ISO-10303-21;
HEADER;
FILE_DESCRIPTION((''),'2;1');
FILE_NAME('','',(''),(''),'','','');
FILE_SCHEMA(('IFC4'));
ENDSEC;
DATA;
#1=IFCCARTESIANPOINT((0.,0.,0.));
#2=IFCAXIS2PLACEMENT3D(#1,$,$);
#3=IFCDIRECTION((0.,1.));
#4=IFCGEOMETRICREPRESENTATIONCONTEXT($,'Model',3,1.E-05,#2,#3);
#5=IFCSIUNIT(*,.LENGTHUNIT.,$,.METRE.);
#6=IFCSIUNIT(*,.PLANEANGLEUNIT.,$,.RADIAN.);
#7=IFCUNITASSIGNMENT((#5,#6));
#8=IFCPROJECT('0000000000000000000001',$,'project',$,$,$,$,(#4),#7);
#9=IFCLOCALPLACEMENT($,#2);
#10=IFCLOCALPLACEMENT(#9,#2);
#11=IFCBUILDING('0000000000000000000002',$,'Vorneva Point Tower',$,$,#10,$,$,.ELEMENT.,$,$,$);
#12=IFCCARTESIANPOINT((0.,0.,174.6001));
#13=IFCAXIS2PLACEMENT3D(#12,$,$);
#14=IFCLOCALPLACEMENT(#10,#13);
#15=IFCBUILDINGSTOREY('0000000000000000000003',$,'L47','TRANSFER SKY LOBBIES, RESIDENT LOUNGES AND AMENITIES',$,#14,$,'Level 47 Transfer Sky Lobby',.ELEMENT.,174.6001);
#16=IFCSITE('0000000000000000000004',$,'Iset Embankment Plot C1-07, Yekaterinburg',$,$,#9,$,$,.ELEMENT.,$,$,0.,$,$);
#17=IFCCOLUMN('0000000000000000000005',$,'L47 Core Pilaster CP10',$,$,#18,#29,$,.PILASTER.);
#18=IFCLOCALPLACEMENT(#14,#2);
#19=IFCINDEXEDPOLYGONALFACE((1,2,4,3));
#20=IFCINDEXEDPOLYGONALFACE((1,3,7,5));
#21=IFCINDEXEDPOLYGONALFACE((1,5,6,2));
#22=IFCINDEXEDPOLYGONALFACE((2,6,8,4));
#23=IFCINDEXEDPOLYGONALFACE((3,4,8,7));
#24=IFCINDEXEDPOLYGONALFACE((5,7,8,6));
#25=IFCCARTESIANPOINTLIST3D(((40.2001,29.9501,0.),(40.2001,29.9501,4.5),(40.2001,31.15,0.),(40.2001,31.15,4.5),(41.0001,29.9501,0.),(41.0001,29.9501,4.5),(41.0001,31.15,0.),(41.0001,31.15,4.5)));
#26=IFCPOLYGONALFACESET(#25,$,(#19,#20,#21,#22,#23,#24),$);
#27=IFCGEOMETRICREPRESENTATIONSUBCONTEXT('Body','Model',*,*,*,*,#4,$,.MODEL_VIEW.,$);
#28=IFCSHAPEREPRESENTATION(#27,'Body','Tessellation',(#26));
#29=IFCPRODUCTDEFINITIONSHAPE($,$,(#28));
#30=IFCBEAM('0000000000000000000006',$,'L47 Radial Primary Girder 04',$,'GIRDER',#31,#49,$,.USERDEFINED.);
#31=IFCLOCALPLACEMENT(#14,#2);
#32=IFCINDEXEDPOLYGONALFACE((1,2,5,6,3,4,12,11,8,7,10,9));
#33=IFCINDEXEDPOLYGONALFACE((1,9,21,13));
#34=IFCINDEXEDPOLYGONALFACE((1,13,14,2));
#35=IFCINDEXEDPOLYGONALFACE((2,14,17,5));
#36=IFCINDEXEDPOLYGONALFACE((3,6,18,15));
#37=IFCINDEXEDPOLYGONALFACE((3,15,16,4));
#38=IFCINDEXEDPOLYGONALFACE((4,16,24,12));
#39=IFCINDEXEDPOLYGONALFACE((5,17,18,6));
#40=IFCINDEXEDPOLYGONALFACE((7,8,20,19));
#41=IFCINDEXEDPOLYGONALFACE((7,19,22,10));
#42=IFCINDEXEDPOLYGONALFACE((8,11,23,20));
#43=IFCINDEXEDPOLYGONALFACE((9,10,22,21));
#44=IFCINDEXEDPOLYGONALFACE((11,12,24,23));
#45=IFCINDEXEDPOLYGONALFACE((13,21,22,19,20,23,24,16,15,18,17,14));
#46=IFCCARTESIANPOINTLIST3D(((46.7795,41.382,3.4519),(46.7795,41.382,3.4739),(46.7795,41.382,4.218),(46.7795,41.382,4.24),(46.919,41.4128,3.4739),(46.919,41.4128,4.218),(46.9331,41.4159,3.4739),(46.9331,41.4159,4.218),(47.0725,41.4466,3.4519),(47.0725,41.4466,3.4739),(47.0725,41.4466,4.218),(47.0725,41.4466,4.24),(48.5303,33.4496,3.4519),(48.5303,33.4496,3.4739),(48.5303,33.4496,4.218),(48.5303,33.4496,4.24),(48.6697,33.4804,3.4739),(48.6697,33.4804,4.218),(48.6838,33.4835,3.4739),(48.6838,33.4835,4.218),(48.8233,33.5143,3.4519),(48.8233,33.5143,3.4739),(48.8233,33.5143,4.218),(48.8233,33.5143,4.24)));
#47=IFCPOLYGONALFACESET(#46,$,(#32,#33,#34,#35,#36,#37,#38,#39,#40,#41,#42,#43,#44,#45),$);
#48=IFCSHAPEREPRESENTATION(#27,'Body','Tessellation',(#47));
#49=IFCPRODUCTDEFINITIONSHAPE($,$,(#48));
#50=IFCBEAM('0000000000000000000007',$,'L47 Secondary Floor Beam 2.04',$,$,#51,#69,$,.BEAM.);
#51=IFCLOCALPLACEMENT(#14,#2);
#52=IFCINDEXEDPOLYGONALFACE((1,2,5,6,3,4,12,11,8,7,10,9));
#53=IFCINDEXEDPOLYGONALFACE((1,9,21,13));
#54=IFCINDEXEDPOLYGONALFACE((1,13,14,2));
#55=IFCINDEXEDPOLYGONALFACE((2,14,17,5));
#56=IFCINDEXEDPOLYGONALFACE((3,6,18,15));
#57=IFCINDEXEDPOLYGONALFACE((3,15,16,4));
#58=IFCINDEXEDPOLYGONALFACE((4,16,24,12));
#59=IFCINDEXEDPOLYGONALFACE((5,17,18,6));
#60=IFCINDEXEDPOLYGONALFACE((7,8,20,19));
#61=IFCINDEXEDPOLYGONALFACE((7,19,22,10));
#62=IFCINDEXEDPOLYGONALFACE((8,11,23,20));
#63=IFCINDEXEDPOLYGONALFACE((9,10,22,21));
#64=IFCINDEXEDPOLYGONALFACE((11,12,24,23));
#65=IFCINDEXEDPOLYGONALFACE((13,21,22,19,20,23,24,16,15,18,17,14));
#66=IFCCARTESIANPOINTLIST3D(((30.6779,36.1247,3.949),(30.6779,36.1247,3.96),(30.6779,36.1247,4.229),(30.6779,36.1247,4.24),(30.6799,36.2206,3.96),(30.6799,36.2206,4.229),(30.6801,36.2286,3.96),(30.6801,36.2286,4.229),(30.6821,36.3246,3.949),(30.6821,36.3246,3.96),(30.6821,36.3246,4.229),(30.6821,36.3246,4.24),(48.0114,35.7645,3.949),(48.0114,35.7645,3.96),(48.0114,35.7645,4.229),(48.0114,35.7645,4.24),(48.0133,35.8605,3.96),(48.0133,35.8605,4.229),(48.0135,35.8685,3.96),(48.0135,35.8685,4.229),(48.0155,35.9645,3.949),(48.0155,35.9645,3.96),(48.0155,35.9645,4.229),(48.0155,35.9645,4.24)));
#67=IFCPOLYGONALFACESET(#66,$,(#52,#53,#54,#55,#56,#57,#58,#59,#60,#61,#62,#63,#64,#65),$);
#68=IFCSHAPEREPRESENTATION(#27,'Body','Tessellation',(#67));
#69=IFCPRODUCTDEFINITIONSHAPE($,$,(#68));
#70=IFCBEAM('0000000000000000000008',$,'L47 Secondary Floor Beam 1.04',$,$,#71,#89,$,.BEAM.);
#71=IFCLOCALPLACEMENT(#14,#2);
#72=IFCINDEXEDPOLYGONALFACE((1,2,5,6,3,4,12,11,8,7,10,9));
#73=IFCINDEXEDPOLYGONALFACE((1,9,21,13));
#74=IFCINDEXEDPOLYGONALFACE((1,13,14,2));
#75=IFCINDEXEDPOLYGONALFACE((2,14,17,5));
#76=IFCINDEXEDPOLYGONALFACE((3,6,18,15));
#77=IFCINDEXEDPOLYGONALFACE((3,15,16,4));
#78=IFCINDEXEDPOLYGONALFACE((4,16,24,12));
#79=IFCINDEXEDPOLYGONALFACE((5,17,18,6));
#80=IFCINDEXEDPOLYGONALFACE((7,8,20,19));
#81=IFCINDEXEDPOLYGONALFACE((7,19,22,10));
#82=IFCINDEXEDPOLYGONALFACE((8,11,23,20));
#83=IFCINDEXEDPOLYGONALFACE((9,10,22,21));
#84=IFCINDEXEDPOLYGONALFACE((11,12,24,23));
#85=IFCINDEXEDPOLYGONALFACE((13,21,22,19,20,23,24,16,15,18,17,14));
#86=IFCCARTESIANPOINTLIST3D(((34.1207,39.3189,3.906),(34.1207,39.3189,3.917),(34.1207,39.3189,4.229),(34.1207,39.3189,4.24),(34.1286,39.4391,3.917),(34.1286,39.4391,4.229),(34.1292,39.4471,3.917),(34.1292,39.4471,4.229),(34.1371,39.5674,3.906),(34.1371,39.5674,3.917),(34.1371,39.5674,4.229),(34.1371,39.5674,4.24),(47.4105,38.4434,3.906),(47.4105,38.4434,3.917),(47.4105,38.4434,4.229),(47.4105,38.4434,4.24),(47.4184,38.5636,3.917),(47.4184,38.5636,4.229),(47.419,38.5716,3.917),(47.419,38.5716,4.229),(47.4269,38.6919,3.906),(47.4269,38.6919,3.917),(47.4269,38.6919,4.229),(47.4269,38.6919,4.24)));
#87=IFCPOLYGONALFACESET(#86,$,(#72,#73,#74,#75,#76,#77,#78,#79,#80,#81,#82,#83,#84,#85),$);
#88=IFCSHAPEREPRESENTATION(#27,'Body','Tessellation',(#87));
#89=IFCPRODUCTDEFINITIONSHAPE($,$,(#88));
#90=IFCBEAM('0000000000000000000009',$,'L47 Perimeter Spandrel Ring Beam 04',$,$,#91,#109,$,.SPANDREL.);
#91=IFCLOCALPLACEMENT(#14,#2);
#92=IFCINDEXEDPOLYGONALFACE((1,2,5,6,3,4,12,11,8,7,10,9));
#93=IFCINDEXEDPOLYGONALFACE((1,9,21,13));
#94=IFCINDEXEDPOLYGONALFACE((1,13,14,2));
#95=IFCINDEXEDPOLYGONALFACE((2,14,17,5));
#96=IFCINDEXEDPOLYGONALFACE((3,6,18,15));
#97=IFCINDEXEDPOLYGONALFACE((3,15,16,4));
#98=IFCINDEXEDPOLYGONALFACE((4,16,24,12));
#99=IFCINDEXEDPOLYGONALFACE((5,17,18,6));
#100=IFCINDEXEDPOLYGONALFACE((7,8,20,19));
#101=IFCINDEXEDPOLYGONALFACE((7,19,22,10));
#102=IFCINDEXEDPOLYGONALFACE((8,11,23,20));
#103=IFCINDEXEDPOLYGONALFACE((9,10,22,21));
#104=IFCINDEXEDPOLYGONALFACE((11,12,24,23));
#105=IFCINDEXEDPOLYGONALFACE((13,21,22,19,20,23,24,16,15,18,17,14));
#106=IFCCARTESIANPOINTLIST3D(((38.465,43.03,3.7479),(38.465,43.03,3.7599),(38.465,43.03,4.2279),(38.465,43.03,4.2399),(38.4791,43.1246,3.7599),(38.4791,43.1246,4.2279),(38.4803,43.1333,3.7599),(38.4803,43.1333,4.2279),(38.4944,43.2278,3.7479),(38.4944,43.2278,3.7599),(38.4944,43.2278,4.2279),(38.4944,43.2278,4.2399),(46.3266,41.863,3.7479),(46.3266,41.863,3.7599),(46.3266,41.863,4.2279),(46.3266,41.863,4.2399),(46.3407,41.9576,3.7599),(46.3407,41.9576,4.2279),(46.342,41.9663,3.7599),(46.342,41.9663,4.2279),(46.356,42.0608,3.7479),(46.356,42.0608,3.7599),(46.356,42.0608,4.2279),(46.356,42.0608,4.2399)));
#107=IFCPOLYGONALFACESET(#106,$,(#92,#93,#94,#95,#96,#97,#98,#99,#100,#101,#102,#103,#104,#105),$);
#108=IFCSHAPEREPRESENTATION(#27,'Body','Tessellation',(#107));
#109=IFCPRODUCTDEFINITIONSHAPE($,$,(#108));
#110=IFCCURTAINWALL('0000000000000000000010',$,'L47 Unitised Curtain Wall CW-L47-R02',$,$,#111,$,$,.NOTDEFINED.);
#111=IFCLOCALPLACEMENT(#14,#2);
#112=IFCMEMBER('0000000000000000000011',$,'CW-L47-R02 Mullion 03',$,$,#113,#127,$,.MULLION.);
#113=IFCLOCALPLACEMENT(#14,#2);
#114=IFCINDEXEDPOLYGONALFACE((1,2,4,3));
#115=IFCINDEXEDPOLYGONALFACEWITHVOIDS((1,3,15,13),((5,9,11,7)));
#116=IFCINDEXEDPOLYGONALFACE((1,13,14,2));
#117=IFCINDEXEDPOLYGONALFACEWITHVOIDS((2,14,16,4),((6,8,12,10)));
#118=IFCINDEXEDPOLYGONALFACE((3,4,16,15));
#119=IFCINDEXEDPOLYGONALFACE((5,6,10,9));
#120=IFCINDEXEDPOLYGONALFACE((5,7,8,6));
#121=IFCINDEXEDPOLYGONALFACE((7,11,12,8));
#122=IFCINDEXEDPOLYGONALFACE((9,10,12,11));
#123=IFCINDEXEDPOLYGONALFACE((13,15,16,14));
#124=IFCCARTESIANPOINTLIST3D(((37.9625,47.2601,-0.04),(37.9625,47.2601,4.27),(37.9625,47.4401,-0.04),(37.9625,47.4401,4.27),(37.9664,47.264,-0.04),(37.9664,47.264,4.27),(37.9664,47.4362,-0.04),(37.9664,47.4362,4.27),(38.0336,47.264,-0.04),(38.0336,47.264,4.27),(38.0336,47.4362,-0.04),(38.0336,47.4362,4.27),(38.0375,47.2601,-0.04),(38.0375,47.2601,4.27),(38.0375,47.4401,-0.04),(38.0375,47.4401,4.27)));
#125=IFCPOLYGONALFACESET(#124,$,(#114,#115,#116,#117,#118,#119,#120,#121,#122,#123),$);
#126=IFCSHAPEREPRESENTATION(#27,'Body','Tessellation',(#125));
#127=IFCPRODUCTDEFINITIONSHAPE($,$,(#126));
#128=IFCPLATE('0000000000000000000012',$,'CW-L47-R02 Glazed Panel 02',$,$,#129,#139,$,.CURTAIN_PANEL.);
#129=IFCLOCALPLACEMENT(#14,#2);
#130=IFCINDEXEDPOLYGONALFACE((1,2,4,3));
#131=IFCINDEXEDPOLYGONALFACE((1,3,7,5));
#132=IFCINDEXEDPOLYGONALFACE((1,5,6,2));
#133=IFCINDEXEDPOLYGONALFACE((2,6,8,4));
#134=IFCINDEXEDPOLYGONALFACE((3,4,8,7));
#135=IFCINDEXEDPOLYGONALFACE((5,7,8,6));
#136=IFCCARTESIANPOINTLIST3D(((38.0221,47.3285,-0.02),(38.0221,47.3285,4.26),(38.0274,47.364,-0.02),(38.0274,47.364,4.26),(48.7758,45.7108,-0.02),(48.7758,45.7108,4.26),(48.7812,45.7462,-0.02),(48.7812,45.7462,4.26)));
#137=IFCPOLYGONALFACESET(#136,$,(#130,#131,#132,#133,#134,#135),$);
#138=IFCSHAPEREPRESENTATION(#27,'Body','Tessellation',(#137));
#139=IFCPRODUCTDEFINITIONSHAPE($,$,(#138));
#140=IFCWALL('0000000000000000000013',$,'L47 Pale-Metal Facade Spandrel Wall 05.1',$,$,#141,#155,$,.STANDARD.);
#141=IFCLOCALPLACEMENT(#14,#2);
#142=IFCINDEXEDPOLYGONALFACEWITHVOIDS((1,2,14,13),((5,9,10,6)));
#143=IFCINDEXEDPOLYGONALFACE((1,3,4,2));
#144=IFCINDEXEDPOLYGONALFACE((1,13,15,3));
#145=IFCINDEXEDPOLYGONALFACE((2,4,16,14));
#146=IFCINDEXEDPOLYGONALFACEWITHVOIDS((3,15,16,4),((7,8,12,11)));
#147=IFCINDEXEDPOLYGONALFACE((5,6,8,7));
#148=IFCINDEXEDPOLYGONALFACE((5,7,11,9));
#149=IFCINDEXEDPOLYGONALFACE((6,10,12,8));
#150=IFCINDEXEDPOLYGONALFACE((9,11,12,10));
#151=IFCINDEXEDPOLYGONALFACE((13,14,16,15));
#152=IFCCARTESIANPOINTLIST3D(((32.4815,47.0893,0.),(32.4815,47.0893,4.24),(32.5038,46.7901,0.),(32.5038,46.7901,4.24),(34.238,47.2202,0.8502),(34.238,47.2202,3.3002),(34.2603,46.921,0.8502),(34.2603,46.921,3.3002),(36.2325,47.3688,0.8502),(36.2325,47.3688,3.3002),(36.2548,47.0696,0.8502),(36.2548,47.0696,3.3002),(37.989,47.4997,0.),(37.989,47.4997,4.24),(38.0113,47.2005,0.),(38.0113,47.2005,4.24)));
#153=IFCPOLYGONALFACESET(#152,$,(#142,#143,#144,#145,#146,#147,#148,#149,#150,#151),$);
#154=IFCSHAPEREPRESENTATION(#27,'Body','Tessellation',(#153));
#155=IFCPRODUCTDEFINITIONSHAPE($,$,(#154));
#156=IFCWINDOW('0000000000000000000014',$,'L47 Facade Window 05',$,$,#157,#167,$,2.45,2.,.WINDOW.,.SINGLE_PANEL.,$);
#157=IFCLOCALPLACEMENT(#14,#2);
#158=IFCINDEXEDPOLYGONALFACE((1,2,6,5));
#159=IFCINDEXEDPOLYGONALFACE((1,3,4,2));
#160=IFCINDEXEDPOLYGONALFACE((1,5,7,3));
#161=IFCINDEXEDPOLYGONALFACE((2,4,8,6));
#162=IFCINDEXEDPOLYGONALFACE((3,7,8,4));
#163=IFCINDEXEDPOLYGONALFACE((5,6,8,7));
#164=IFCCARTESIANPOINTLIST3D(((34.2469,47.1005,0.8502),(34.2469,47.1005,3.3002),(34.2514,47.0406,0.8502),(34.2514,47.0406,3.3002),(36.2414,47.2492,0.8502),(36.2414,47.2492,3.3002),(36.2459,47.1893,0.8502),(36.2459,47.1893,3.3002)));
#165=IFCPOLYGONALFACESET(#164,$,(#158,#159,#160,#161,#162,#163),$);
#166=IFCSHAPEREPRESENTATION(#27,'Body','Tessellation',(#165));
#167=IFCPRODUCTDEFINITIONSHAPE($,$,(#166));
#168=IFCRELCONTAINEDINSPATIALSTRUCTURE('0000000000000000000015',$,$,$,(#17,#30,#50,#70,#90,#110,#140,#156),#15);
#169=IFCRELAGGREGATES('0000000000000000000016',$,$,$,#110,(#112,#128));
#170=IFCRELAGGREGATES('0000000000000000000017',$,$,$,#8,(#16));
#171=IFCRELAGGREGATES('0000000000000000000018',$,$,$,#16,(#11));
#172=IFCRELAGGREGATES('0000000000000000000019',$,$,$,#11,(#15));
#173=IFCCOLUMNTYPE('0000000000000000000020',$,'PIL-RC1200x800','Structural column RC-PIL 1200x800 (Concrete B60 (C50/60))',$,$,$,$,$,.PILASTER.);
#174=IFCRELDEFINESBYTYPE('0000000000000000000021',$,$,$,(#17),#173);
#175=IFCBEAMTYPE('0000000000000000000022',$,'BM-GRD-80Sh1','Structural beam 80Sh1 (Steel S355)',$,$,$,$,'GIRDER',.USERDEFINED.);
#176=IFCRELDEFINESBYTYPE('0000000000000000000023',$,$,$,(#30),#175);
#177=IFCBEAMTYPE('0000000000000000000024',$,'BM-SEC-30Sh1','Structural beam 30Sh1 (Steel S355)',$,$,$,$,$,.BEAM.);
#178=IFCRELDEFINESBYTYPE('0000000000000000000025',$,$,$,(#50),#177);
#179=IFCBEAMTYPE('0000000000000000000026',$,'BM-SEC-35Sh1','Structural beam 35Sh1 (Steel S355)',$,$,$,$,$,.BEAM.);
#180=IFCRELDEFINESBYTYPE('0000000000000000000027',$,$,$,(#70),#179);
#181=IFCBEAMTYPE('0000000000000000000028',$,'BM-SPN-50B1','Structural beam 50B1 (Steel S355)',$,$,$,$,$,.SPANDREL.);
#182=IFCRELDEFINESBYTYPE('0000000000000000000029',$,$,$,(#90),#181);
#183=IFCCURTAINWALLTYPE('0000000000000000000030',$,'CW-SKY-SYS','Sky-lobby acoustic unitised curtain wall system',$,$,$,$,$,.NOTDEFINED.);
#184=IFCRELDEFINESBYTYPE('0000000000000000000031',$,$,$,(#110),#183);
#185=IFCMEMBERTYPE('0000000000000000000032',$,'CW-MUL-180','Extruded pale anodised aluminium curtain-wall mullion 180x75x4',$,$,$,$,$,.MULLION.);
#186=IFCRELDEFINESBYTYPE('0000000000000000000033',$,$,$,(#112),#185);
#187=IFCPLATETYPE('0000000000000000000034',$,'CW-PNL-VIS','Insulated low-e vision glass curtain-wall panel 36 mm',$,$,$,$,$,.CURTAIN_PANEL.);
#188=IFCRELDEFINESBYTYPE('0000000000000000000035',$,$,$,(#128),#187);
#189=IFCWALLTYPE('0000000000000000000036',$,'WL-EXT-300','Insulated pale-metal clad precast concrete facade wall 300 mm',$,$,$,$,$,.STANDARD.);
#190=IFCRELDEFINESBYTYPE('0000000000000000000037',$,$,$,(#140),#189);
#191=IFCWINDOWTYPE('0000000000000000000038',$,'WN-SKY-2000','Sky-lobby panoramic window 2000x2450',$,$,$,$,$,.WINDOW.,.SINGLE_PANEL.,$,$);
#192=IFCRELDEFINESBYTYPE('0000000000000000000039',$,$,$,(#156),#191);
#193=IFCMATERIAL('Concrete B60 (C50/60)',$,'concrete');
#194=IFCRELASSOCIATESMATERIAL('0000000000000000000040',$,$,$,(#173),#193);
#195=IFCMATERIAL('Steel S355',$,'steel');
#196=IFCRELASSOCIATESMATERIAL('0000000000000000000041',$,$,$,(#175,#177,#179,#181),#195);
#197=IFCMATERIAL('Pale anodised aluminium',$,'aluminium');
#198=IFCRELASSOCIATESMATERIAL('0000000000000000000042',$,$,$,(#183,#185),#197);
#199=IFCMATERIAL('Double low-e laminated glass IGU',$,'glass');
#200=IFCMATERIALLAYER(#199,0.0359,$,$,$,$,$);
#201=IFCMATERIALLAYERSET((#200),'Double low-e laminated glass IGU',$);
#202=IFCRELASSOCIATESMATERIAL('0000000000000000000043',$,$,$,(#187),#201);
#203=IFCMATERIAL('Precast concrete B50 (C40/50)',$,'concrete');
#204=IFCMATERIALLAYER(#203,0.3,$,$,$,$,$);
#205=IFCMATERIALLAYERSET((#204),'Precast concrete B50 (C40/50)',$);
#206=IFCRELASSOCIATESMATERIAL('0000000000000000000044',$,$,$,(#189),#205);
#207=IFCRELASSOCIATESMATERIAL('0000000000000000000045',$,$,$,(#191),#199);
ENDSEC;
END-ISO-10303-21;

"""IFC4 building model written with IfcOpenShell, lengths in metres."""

from ifc_helpers import new_model, si_unit, direction, frame, frame_2d, origin, origin_2d, place, context, subcontext, project, spatial, rectangle, hollow_rectangle, i_section, extrude, material, layer, layer_set, material_profile, profile_set, type_object, element, fill, aggregate, save


model = new_model("IFC4")

# Units and contexts
model_context = context("Model", 3, precision=1e-05, world=origin(), true_north=direction((0.0, 1.0)))
body_context = subcontext(model_context, "Body", "Model", "MODEL_VIEW")
ifc_project = project(units=[si_unit("LENGTHUNIT", "METRE"), si_unit("PLANEANGLEUNIT", "RADIAN")], contexts=[model_context])

# Site, building, storey
site_placement = place(None, origin())
site = spatial("IfcSite", under=ifc_project, at=site_placement, Name="Iset Embankment Plot C1-07, Yekaterinburg", CompositionType="ELEMENT", RefElevation=0.0)
building_placement = place(site_placement, origin())
building = spatial("IfcBuilding", under=site, at=building_placement, Name="Vorneva Point Tower", CompositionType="ELEMENT")
storey_placement = place(building_placement, frame((0.0, 0.0, 174.6001)))
storey = spatial("IfcBuildingStorey", under=building, at=storey_placement, Name="L47", Description="TRANSFER SKY LOBBIES, RESIDENT LOUNGES AND AMENITIES", LongName="Level 47 Transfer Sky Lobby", CompositionType="ELEMENT", Elevation=174.6001)

# Column
ifc_material_1 = material(Name="Concrete B60 (C50/60)", Category="concrete")
ifc_material_profile_1 = material_profile(ifc_material_1, rectangle(XDim=0.8, YDim=1.2, at=origin_2d()), Name="RC-PIL 1200x800")
ifc_profile_set_1 = profile_set([ifc_material_profile_1], Name="Concrete B60 (C50/60)")
column_type_1 = type_object("IfcColumnType", Name="PIL-RC1200x800", Description="Structural column RC-PIL 1200x800 (Concrete B60 (C50/60))", PredefinedType="PILASTER", material=ifc_profile_set_1)
column_1_placement = place(storey_placement, frame((40.6001, 30.55, 0.0), z_axis=(0.0, 0.0, 1.0), x_axis=(1.0, 0.0, 0.0)))
element("IfcColumn", 1, at=column_1_placement, inside=storey, type_object=column_type_1, Name="L47 Core Pilaster CP10", PredefinedType="PILASTER", context=body_context, shape_type="SweptSolid", body=[
    extrude(rectangle(XDim=0.8, YDim=1.2, at=origin_2d()), origin(), (0.0, 0.0, 1.0), 4.5),
])

# Beams
ifc_material_2 = material(Name="Steel S355", Category="steel")
ifc_material_profile_2 = material_profile(ifc_material_2, i_section(OverallWidth=0.3, OverallDepth=0.7881, WebThickness=0.0144, FlangeThickness=0.022, at=origin_2d()), Name="80Sh1")
ifc_profile_set_2 = profile_set([ifc_material_profile_2], Name="Steel S355")
beam_type_1 = type_object("IfcBeamType", Name="BM-GRD-80Sh1", Description="Structural beam 80Sh1 (Steel S355)", ElementType="GIRDER", PredefinedType="USERDEFINED", material=ifc_profile_set_2)
beam_1_placement = place(storey_placement, frame((46.926, 41.4143, 3.8459), z_axis=(0.215521, -0.976499, 0.0), x_axis=(0.976499, 0.215521, 0.0)))
element("IfcBeam", 2, at=beam_1_placement, inside=storey, type_object=beam_type_1, Name="L47 Radial Primary Girder 04", ObjectType="GIRDER", PredefinedType="USERDEFINED", context=body_context, shape_type="SweptSolid", body=[
    extrude(i_section(OverallWidth=0.3, OverallDepth=0.7881, WebThickness=0.0144, FlangeThickness=0.022, at=origin_2d()), origin(), (0.0, 0.0, 1.0), 8.1233),
])
ifc_material_profile_3 = material_profile(ifc_material_2, i_section(OverallWidth=0.2, OverallDepth=0.291, WebThickness=0.0081, FlangeThickness=0.011, at=origin_2d()), Name="30Sh1")
ifc_profile_set_3 = profile_set([ifc_material_profile_3], Name="Steel S355")
beam_type_2 = type_object("IfcBeamType", Name="BM-SEC-30Sh1", Description="Structural beam 30Sh1 (Steel S355)", PredefinedType="BEAM", material=ifc_profile_set_3)
beam_2_placement = place(storey_placement, frame((48.0134, 35.8645, 4.0945), z_axis=(-0.999784, 0.020771, 0.0), x_axis=(-0.020771, -0.999784, 0.0)))
element("IfcBeam", 3, at=beam_2_placement, inside=storey, type_object=beam_type_2, Name="L47 Secondary Floor Beam 2.04", PredefinedType="BEAM", context=body_context, shape_type="SweptSolid", body=[
    extrude(i_section(OverallWidth=0.2, OverallDepth=0.291, WebThickness=0.0081, FlangeThickness=0.011, at=origin_2d()), origin(), (0.0, 0.0, 1.0), 17.3372),
])
ifc_material_profile_4 = material_profile(ifc_material_2, i_section(OverallWidth=0.249, OverallDepth=0.334, WebThickness=0.0081, FlangeThickness=0.011, at=origin_2d()), Name="35Sh1")
ifc_profile_set_4 = profile_set([ifc_material_profile_4], Name="Steel S355")
beam_type_3 = type_object("IfcBeamType", Name="BM-SEC-35Sh1", Description="Structural beam 35Sh1 (Steel S355)", PredefinedType="BEAM", material=ifc_profile_set_4)
beam_3_placement = place(storey_placement, frame((47.4187, 38.5676, 4.073), z_axis=(-0.997837, 0.065734, 0.0), x_axis=(-0.065734, -0.997837, 0.0)))
element("IfcBeam", 4, at=beam_3_placement, inside=storey, type_object=beam_type_3, Name="L47 Secondary Floor Beam 1.04", PredefinedType="BEAM", context=body_context, shape_type="SweptSolid", body=[
    extrude(i_section(OverallWidth=0.249, OverallDepth=0.334, WebThickness=0.0081, FlangeThickness=0.011, at=origin_2d()), origin(), (0.0, 0.0, 1.0), 13.3186),
])
ifc_material_profile_5 = material_profile(ifc_material_2, i_section(OverallWidth=0.2, OverallDepth=0.4919, WebThickness=0.0088, FlangeThickness=0.012, at=origin_2d()), Name="50B1")
ifc_profile_set_5 = profile_set([ifc_material_profile_5], Name="Steel S355")
beam_type_4 = type_object("IfcBeamType", Name="BM-SPN-50B1", Description="Structural beam 50B1 (Steel S355)", PredefinedType="SPANDREL", material=ifc_profile_set_5)
beam_4_placement = place(storey_placement, frame((46.3413, 41.9619, 3.9939), z_axis=(-0.989161, 0.146834, 0.0), x_axis=(-0.146834, -0.989161, 0.0)))
element("IfcBeam", 5, at=beam_4_placement, inside=storey, type_object=beam_type_4, Name="L47 Perimeter Spandrel Ring Beam 04", PredefinedType="SPANDREL", context=body_context, shape_type="SweptSolid", body=[
    extrude(i_section(OverallWidth=0.2, OverallDepth=0.4919, WebThickness=0.0088, FlangeThickness=0.012, at=origin_2d()), origin(), (0.0, 0.0, 1.0), 7.9478),
])

# Curtain wall, member, plate
ifc_material_3 = material(Name="Pale anodised aluminium", Category="aluminium")
curtain_wall_type = type_object("IfcCurtainWallType", Name="CW-SKY-SYS", Description="Sky-lobby acoustic unitised curtain wall system", PredefinedType="NOTDEFINED", material=ifc_material_3)
curtain_wall_placement = place(storey_placement, origin())
curtain_wall = element("IfcCurtainWall", 6, at=curtain_wall_placement, inside=storey, type_object=curtain_wall_type, Name="L47 Unitised Curtain Wall CW-L47-R02", PredefinedType="NOTDEFINED")
ifc_material_profile_6 = material_profile(ifc_material_3, hollow_rectangle(XDim=0.075, YDim=0.1799, WallThickness=0.0039, at=origin_2d()), Name="AL-MUL 180x75x4")
ifc_profile_set_6 = profile_set([ifc_material_profile_6], Name="Pale anodised aluminium")
member_type = type_object("IfcMemberType", Name="CW-MUL-180", Description="Extruded pale anodised aluminium curtain-wall mullion 180x75x4", PredefinedType="MULLION", material=ifc_profile_set_6)
member_placement = place(storey_placement, frame((38.0, 47.3501, -0.04), z_axis=(0.0, 0.0, 1.0), x_axis=(1.0, 0.0, 0.0)))
member = element("IfcMember", 7, at=member_placement, type_object=member_type, Name="CW-L47-R02 Mullion 03", PredefinedType="MULLION", context=body_context, shape_type="SweptSolid", body=[
    extrude(hollow_rectangle(XDim=0.075, YDim=0.1799, WallThickness=0.0039, at=origin_2d()), origin(), (0.0, 0.0, 1.0), 4.3101),
])
ifc_material_4 = material(Name="Double low-e laminated glass IGU", Category="glass")
ifc_layer_1 = layer(ifc_material_4, 0.0359)
ifc_layer_set_1 = layer_set([ifc_layer_1], Name="Double low-e laminated glass IGU")
plate_type = type_object("IfcPlateType", Name="CW-PNL-VIS", Description="Insulated low-e vision glass curtain-wall panel 36 mm", PredefinedType="CURTAIN_PANEL", material=ifc_layer_set_1)
plate_placement = place(storey_placement, frame((43.4016, 46.5374, -0.02), z_axis=(0.0, 0.0, 1.0), x_axis=(-0.988874, 0.148759, 0.0)))
plate = element("IfcPlate", 8, at=plate_placement, type_object=plate_type, Name="CW-L47-R02 Glazed Panel 02", PredefinedType="CURTAIN_PANEL", context=body_context, shape_type="SweptSolid", body=[
    extrude(rectangle(XDim=10.8748, YDim=0.0359, at=origin_2d()), origin(), (0.0, 0.0, 1.0), 4.28),
])
aggregate(curtain_wall, [member, plate])

# Wall, opening, window
ifc_material_5 = material(Name="Precast concrete B50 (C40/50)", Category="concrete")
ifc_layer_2 = layer(ifc_material_5, 0.3)
ifc_layer_set_2 = layer_set([ifc_layer_2], Name="Precast concrete B50 (C40/50)")
wall_type_1 = type_object("IfcWallType", Name="WL-EXT-300", Description="Insulated pale-metal clad precast concrete facade wall 300 mm", PredefinedType="STANDARD", material=ifc_layer_set_2)
wall_1_placement = place(storey_placement, frame((38.0, 47.3501, 0.0), z_axis=(0.0, 0.0, 1.0), x_axis=(-0.997235, -0.074313, 0.0)))
wall_1 = element("IfcWall", 9, at=wall_1_placement, inside=storey, type_object=wall_type_1, Name="L47 Pale-Metal Facade Spandrel Wall 05.1", PredefinedType="STANDARD", context=body_context, shape_type="SweptSolid", body=[
    extrude(rectangle(XDim=5.5227, YDim=0.3, at=frame_2d((2.7612, 0.0))), origin(), (0.0, 0.0, 1.0), 4.24),
])
opening_1_placement = place(wall_1_placement, frame((1.7612, 0.0, 0.8501)))
opening_1 = element("IfcOpeningElement", 10, at=opening_1_placement, cuts=wall_1, PredefinedType="OPENING", context=body_context, shape_type="SweptSolid", body=[
    extrude(rectangle(XDim=2.0, YDim=2.45, at=frame_2d((1.0, 1.2251))), frame((0.0, 0.165, 0.0), z_axis=(0.0, -1.0, 0.0), x_axis=(1.0, 0.0, 0.0)), (0.0, 0.0, 1.0), 0.3298),
])
window_type = type_object("IfcWindowType", Name="WN-SKY-2000", Description="Sky-lobby panoramic window 2000x2450", PartitioningType="SINGLE_PANEL", PredefinedType="WINDOW", material=ifc_material_4)
window_placement = place(opening_1_placement, origin())
window = element("IfcWindow", 11, at=window_placement, inside=storey, type_object=window_type, Name="L47 Facade Window 05", OverallHeight=2.45, OverallWidth=2.0, PartitioningType="SINGLE_PANEL", PredefinedType="WINDOW", context=body_context, shape_type="SweptSolid", body=[
    extrude(rectangle(XDim=2.0, YDim=2.45, at=frame_2d((1.0, 1.2251))), frame((0.0, 0.03, 0.0), z_axis=(0.0, -1.0, 0.0), x_axis=(1.0, 0.0, 0.0)), (0.0, 0.0, 1.0), 0.0601),
])
fill(opening_1, window)

save(model, "model.ifc")
